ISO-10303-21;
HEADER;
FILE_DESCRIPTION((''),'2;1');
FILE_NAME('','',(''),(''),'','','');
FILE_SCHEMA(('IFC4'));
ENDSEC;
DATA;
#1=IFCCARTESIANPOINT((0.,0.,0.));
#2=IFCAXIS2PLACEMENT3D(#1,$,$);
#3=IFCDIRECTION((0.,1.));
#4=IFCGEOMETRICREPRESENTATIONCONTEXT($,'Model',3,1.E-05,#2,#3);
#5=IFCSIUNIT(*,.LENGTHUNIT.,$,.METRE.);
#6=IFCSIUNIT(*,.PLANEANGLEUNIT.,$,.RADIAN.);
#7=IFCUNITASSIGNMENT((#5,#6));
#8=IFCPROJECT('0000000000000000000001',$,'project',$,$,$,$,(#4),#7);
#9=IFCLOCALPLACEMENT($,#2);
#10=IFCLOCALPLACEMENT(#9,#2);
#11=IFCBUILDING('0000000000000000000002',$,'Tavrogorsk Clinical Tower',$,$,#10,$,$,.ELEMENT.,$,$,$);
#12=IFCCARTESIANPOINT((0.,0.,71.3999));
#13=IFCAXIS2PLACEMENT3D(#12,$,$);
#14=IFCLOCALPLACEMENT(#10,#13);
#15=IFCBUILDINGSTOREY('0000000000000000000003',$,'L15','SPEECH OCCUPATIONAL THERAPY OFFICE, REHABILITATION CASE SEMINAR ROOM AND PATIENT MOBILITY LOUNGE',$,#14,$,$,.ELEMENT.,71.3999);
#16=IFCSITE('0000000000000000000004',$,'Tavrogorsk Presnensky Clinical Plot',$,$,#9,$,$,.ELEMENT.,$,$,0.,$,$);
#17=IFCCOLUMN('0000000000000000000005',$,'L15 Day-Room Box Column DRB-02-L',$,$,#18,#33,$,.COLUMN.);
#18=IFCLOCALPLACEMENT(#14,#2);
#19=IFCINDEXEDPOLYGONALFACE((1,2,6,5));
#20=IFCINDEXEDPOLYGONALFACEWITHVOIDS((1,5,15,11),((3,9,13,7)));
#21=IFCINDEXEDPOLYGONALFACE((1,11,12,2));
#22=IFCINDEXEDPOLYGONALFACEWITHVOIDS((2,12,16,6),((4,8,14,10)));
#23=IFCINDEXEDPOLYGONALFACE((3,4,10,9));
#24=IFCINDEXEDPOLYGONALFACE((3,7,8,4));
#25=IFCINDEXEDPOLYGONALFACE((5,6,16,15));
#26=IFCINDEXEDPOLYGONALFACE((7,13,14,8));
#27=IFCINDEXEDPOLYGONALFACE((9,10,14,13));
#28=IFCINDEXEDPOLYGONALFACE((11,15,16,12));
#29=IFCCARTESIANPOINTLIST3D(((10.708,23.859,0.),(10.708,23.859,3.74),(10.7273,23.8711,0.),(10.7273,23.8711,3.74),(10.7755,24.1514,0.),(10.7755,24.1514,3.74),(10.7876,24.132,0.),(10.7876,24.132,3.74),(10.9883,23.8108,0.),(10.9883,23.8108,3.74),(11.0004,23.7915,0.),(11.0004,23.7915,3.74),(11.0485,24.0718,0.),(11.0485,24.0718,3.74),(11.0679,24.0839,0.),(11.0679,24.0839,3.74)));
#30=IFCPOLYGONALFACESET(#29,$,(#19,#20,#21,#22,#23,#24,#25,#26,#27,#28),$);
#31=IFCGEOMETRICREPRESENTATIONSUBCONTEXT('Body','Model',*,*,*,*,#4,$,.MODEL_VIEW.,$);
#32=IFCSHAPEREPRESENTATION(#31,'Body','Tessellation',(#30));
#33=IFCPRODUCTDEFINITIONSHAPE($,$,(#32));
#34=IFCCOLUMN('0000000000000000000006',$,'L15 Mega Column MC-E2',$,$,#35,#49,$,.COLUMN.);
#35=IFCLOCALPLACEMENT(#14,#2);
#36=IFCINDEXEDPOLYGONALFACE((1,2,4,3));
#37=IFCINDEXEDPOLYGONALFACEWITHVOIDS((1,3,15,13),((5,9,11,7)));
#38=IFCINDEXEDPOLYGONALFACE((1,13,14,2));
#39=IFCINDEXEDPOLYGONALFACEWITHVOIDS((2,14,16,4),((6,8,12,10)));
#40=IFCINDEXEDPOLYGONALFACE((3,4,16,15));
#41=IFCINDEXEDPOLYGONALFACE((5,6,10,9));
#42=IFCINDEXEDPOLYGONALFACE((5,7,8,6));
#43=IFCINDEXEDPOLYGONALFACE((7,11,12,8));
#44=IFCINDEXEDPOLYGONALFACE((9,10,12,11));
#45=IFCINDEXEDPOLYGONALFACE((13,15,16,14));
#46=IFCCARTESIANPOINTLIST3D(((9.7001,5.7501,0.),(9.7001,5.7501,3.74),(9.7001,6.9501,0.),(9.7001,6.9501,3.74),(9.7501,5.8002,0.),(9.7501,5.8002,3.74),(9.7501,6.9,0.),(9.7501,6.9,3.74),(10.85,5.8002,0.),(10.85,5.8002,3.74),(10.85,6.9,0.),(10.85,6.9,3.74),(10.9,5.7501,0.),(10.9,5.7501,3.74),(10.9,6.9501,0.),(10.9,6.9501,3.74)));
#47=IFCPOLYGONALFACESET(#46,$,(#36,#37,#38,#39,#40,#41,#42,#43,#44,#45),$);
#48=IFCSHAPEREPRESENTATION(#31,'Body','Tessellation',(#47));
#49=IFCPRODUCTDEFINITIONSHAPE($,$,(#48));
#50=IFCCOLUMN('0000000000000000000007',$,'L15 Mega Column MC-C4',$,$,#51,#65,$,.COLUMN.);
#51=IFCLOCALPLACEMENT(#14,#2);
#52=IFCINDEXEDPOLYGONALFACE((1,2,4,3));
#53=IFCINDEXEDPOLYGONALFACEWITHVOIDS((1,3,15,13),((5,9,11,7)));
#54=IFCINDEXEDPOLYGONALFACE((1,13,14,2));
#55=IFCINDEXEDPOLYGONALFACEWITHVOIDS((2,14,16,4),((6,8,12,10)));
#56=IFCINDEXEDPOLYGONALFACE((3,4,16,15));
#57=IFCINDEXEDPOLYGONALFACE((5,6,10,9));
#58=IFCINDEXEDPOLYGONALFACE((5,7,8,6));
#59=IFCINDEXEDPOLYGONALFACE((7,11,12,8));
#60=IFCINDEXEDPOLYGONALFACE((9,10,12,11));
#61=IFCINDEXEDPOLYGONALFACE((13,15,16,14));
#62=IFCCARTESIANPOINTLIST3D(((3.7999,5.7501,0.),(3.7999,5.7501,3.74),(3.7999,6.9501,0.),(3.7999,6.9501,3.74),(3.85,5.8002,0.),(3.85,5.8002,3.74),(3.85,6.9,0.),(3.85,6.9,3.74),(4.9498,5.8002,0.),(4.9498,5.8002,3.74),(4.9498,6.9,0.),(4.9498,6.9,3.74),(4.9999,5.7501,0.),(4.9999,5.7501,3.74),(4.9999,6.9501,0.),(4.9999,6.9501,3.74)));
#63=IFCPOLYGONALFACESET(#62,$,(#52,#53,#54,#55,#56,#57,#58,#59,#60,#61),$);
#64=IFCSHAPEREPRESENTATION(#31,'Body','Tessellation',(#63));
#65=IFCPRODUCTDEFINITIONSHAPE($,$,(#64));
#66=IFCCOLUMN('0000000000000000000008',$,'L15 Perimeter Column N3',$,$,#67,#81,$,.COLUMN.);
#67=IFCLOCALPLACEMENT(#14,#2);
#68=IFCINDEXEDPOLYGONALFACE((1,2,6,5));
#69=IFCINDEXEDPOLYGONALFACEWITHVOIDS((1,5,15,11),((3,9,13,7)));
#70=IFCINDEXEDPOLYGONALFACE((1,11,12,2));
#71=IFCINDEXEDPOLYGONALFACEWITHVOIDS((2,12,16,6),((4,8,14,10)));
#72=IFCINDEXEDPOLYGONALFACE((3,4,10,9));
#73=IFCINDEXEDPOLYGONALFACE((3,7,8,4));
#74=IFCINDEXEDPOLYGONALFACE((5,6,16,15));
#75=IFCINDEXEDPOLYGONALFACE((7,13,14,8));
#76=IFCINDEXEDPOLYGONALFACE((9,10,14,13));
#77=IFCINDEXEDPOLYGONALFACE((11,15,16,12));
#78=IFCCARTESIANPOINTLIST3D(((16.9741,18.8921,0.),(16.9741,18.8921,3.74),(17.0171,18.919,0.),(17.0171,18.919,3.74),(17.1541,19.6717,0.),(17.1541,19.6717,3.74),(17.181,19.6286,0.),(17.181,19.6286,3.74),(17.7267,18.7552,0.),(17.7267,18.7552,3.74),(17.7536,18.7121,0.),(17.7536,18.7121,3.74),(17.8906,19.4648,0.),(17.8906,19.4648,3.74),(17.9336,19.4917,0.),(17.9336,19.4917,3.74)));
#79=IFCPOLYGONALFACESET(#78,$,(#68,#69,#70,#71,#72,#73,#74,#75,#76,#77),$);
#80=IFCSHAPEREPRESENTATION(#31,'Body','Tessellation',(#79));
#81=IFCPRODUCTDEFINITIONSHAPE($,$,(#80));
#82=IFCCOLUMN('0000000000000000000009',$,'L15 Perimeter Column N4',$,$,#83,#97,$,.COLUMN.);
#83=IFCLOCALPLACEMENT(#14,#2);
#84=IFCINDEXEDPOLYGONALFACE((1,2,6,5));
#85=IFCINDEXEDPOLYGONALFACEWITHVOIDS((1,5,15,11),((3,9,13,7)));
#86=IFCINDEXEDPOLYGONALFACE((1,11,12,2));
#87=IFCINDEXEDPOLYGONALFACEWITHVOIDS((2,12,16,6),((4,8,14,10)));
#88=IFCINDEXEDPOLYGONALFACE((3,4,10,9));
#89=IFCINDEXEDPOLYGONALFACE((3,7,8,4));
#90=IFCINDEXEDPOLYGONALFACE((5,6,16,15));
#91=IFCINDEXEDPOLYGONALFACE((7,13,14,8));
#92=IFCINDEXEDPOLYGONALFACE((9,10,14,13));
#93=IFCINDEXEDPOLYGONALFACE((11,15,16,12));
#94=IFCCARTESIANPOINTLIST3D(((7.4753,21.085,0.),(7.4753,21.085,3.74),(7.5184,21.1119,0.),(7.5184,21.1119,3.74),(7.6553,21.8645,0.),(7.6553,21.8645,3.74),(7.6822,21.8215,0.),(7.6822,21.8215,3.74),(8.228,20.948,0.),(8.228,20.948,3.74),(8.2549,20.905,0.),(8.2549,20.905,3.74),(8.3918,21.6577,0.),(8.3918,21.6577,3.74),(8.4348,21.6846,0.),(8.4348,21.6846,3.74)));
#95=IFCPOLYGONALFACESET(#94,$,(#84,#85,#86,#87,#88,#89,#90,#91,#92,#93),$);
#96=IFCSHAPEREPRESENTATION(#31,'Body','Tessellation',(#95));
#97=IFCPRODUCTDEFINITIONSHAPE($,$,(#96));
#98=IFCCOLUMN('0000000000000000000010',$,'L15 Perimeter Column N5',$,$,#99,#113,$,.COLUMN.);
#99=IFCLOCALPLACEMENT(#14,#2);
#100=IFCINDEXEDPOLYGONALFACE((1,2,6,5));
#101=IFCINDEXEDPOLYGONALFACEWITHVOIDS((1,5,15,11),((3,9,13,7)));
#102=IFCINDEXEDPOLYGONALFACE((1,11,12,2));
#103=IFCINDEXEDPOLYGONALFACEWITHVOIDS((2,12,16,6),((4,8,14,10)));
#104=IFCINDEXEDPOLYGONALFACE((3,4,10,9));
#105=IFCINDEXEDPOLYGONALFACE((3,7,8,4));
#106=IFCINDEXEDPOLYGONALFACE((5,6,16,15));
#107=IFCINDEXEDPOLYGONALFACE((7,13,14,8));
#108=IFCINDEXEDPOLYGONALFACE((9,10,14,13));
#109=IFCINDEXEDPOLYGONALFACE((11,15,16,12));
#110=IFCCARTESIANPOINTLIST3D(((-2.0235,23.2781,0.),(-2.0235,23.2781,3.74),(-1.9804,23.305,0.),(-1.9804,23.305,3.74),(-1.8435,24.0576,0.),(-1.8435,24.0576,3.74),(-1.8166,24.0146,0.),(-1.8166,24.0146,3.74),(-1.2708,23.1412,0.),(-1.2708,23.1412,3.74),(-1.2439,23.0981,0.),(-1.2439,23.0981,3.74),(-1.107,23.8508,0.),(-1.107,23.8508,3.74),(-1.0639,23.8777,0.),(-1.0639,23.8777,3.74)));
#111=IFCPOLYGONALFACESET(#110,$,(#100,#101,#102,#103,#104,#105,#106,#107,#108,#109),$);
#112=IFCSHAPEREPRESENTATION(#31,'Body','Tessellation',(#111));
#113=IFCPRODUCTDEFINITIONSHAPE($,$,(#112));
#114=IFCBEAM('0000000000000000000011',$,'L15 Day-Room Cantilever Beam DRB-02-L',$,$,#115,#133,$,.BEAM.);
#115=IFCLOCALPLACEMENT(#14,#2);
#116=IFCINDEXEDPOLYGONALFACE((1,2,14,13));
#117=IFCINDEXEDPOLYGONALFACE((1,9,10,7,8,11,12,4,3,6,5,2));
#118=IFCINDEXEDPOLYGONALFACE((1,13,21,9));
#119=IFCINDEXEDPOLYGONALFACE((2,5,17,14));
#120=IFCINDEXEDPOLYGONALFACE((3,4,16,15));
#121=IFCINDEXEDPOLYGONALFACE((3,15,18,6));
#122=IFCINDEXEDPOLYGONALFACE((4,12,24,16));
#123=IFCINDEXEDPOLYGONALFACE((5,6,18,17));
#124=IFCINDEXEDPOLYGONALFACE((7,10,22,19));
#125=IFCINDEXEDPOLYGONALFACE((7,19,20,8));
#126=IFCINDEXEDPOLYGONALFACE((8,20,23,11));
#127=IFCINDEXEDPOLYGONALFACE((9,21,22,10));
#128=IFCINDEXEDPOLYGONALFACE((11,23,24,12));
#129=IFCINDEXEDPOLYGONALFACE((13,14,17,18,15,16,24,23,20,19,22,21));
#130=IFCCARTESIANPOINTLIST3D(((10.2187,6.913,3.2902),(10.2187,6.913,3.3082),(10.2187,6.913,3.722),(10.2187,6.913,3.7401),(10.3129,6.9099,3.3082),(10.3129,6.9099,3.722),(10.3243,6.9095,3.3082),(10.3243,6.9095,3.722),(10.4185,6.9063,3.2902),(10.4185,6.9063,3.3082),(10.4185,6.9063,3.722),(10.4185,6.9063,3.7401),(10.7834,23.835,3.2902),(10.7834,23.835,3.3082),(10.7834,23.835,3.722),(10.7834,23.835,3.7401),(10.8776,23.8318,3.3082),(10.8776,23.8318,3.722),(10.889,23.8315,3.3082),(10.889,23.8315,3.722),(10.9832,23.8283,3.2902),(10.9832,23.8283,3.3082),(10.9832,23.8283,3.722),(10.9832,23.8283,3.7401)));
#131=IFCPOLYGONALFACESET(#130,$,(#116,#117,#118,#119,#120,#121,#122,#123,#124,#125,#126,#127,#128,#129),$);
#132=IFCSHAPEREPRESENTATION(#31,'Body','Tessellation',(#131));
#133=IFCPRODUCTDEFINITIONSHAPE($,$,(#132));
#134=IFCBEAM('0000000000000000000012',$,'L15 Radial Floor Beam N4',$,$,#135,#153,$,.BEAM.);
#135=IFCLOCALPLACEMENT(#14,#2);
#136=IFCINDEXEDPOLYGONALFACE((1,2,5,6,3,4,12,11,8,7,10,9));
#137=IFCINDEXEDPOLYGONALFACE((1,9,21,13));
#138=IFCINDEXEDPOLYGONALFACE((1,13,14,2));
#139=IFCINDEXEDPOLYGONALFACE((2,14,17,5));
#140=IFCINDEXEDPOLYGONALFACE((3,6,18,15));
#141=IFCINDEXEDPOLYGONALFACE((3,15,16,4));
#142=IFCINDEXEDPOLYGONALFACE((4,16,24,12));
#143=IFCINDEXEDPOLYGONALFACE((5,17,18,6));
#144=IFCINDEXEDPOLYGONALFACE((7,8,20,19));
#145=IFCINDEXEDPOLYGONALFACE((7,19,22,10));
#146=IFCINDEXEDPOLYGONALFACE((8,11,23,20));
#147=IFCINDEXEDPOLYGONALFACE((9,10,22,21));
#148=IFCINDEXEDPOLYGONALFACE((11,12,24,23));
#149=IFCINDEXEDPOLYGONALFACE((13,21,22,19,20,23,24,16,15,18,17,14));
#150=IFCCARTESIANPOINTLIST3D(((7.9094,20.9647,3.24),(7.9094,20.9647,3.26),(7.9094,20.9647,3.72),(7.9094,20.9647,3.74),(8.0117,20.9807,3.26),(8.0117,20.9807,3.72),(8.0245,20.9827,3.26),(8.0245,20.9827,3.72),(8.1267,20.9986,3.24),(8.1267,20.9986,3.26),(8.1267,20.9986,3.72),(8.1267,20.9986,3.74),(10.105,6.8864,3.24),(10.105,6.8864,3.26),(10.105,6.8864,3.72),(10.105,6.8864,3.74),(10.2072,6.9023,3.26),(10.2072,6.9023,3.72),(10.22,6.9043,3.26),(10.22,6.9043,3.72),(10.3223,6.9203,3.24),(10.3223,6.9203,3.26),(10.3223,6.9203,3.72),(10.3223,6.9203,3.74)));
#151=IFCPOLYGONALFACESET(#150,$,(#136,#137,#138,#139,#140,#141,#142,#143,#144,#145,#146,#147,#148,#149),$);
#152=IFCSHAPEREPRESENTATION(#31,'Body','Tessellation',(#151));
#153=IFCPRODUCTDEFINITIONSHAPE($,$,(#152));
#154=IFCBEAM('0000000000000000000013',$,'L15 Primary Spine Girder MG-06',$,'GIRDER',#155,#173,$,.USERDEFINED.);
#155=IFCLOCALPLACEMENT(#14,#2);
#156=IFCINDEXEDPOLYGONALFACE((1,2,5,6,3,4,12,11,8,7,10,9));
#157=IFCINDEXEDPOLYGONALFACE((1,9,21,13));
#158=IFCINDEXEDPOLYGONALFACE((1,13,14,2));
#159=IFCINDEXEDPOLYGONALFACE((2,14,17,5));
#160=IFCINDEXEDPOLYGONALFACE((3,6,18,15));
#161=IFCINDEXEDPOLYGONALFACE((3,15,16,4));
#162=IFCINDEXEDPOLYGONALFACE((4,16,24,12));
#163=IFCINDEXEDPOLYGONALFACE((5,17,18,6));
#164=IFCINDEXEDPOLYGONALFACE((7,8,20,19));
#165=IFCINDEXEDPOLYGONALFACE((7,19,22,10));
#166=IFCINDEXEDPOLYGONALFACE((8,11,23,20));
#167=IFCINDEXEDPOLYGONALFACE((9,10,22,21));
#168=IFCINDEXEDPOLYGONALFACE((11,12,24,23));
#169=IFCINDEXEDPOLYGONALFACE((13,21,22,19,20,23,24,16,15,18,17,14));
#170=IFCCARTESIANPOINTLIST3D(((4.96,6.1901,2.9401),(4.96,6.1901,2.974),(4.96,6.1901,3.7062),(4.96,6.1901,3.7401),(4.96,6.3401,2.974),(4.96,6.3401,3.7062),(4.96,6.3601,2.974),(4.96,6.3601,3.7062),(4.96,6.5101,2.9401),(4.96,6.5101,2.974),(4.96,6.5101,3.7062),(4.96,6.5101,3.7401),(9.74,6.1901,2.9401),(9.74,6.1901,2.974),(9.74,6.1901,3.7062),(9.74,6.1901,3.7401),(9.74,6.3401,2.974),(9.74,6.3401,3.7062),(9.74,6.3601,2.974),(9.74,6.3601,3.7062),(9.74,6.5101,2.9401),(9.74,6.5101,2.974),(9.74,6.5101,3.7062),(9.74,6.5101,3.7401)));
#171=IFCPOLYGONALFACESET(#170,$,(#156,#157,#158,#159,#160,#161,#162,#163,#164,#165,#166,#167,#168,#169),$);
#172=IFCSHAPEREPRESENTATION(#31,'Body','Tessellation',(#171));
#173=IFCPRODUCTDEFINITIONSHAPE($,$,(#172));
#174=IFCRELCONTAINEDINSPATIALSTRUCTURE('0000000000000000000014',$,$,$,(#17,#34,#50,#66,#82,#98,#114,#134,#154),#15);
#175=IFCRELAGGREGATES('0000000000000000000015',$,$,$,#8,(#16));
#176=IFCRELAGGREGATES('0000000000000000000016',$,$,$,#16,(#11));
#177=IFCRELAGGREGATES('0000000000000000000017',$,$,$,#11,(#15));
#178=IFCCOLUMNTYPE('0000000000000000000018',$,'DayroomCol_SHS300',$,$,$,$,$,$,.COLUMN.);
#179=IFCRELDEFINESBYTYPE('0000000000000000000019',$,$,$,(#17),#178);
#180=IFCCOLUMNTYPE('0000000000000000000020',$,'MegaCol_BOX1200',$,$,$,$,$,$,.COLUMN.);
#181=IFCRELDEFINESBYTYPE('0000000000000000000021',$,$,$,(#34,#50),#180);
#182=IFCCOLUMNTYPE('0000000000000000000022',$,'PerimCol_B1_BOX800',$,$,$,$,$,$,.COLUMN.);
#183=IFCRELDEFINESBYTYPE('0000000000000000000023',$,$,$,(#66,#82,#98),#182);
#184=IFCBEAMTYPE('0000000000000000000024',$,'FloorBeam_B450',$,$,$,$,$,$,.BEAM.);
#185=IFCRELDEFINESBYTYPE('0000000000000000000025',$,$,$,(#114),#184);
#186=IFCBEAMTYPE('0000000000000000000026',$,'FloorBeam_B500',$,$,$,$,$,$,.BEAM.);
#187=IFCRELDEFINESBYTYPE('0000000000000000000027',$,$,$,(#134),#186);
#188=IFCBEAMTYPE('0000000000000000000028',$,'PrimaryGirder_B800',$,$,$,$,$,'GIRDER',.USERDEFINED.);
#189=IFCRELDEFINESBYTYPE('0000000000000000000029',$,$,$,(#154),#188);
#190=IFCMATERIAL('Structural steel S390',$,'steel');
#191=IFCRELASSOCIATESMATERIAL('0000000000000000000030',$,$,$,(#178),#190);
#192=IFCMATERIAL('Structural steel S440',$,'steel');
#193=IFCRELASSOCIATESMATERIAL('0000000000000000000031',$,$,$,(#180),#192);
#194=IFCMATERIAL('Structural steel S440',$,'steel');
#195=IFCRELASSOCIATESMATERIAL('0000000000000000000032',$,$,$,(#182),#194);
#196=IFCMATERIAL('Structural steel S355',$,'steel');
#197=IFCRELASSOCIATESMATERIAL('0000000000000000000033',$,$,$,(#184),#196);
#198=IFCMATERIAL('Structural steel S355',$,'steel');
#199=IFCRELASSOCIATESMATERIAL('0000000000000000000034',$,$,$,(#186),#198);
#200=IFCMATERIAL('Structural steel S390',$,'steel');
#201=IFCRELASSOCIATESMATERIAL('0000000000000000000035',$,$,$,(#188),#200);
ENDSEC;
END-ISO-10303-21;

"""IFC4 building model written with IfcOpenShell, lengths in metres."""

from ifc_helpers import new_model, si_unit, direction, frame, origin, origin_2d, place, context, subcontext, project, spatial, hollow_rectangle, i_section, extrude, material, material_profile, profile_set, type_object, element, save


model = new_model("IFC4")

# Units and contexts
model_context = context("Model", 3, precision=1e-05, world=origin(), true_north=direction((0.0, 1.0)))
body_context = subcontext(model_context, "Body", "Model", "MODEL_VIEW")
ifc_project = project(units=[si_unit("LENGTHUNIT", "METRE"), si_unit("PLANEANGLEUNIT", "RADIAN")], contexts=[model_context])

# Site, building, storey
site_placement = place(None, origin())
site = spatial("IfcSite", under=ifc_project, at=site_placement, Name="Tavrogorsk Presnensky Clinical Plot", CompositionType="ELEMENT", RefElevation=0.0)
building_placement = place(site_placement, origin())
building = spatial("IfcBuilding", under=site, at=building_placement, Name="Tavrogorsk Clinical Tower", CompositionType="ELEMENT")
storey_placement = place(building_placement, frame((0.0, 0.0, 71.3999)))
storey = spatial("IfcBuildingStorey", under=building, at=storey_placement, Name="L15", Description="SPEECH OCCUPATIONAL THERAPY OFFICE, REHABILITATION CASE SEMINAR ROOM AND PATIENT MOBILITY LOUNGE", CompositionType="ELEMENT", Elevation=71.3999)

# Columns
ifc_material_1 = material(Name="Structural steel S390", Category="steel")
ifc_material_profile_1 = material_profile(ifc_material_1, hollow_rectangle(XDim=0.3, YDim=0.3, WallThickness=0.0161, at=origin_2d()), Name="SHS-300x300x16")
ifc_profile_set_1 = profile_set([ifc_material_profile_1], Name="Structural steel S390")
column_type_1 = type_object("IfcColumnType", Name="DayroomCol_SHS300", PredefinedType="COLUMN", material=ifc_profile_set_1)
column_placement = place(storey_placement, frame((10.8879, 23.9714, 0.0), z_axis=(0.0, 0.0, 1.0), x_axis=(0.97437, -0.224951, 0.0)))
element("IfcColumn", 1, at=column_placement, inside=storey, type_object=column_type_1, Name="L15 Day-Room Box Column DRB-02-L", PredefinedType="COLUMN", context=body_context, shape_type="SweptSolid", body=[
    extrude(hollow_rectangle(XDim=0.3, YDim=0.3, WallThickness=0.0161, at=origin_2d()), origin(), (0.0, 0.0, 1.0), 3.74),
])
ifc_material_2 = material(Name="Structural steel S440", Category="steel")
ifc_material_profile_2 = material_profile(ifc_material_2, hollow_rectangle(XDim=1.2, YDim=1.2, WallThickness=0.05, at=origin_2d()), Name="BOX-1200x1200x50")
ifc_profile_set_2 = profile_set([ifc_material_profile_2], Name="Structural steel S440")
column_type_2 = type_object("IfcColumnType", Name="MegaCol_BOX1200", PredefinedType="COLUMN", material=ifc_profile_set_2)
for number, where, z_axis, x_axis, name in (
    (2, (10.3, 6.3501, 0.0), (0.0, 0.0, 1.0), (1.0, 0.0, 0.0), "L15 Mega Column MC-E2"),
    (3, (4.3999, 6.3501, 0.0), (0.0, 0.0, 1.0), (1.0, 0.0, 0.0), "L15 Mega Column MC-C4"),
):
    element("IfcColumn", number, at=place(storey_placement, frame(where, z_axis=z_axis, x_axis=x_axis)), inside=storey, type_object=column_type_2, Name=name, PredefinedType="COLUMN", context=body_context, shape_type="SweptSolid", body=[
        extrude(hollow_rectangle(XDim=1.2, YDim=1.2, WallThickness=0.05, at=origin_2d()), origin(), (0.0, 0.0, 1.0), 3.74),
    ])
ifc_material_3 = material(Name="Structural steel S440", Category="steel")
ifc_material_profile_3 = material_profile(ifc_material_3, hollow_rectangle(XDim=0.8, YDim=0.8, WallThickness=0.0359, at=origin_2d()), Name="BOX-800x800x36")
ifc_profile_set_3 = profile_set([ifc_material_profile_3], Name="Structural steel S440")
column_type_3 = type_object("IfcColumnType", Name="PerimCol_B1_BOX800", PredefinedType="COLUMN", material=ifc_profile_set_3)
for number, where, z_axis, x_axis, name in (
    (4, (17.4539, 19.1919, 0.0), (0.0, 0.0, 1.0), (0.97437, -0.224951, 0.0), "L15 Perimeter Column N3"),
    (5, (7.9551, 21.3848, 0.0), (0.0, 0.0, 1.0), (0.97437, -0.224951, 0.0), "L15 Perimeter Column N4"),
    (6, (-1.5437, 23.5779, 0.0), (0.0, 0.0, 1.0), (0.97437, -0.224951, 0.0), "L15 Perimeter Column N5"),
):
    element("IfcColumn", number, at=place(storey_placement, frame(where, z_axis=z_axis, x_axis=x_axis)), inside=storey, type_object=column_type_3, Name=name, PredefinedType="COLUMN", context=body_context, shape_type="SweptSolid", body=[
        extrude(hollow_rectangle(XDim=0.8, YDim=0.8, WallThickness=0.0359, at=origin_2d()), origin(), (0.0, 0.0, 1.0), 3.74),
    ])

# Beams
ifc_material_4 = material(Name="Structural steel S355", Category="steel")
ifc_material_profile_4 = material_profile(ifc_material_4, i_section(OverallWidth=0.2, OverallDepth=0.45, WebThickness=0.0115, FlangeThickness=0.0181, at=origin_2d()), Name="B-450x200x11.5x18")
ifc_profile_set_4 = profile_set([ifc_material_profile_4], Name="Structural steel S355")
beam_type_1 = type_object("IfcBeamType", Name="FloorBeam_B450", PredefinedType="BEAM", material=ifc_profile_set_4)
beam_1_placement = place(storey_placement, frame((10.3186, 6.9097, 3.5151), z_axis=(0.033352, 0.999444, 0.0), x_axis=(-0.999444, 0.033352, 0.0)))
element("IfcBeam", 7, at=beam_1_placement, inside=storey, type_object=beam_type_1, Name="L15 Day-Room Cantilever Beam DRB-02-L", PredefinedType="BEAM", context=body_context, shape_type="SweptSolid", body=[
    extrude(i_section(OverallWidth=0.2, OverallDepth=0.45, WebThickness=0.0115, FlangeThickness=0.0181, at=origin_2d()), origin(), (0.0, 0.0, 1.0), 16.9314),
])
ifc_material_5 = material(Name="Structural steel S355", Category="steel")
ifc_material_profile_5 = material_profile(ifc_material_5, i_section(OverallWidth=0.22, OverallDepth=0.5, WebThickness=0.0129, FlangeThickness=0.02, at=origin_2d()), Name="B-500x220x13x20")
ifc_profile_set_5 = profile_set([ifc_material_profile_5], Name="Structural steel S355")
beam_type_2 = type_object("IfcBeamType", Name="FloorBeam_B500", PredefinedType="BEAM", material=ifc_profile_set_5)
beam_2_placement = place(storey_placement, frame((10.2136, 6.9033, 3.49), z_axis=(-0.15409, 0.988057, 0.0), x_axis=(-0.988057, -0.15409, 0.0)))
element("IfcBeam", 8, at=beam_2_placement, inside=storey, type_object=beam_type_2, Name="L15 Radial Floor Beam N4", PredefinedType="BEAM", context=body_context, shape_type="SweptSolid", body=[
    extrude(i_section(OverallWidth=0.22, OverallDepth=0.5, WebThickness=0.0129, FlangeThickness=0.02, at=origin_2d()), origin(), (0.0, 0.0, 1.0), 14.2485),
])
ifc_material_6 = material(Name="Structural steel S390", Category="steel")
ifc_material_profile_6 = material_profile(ifc_material_6, i_section(OverallWidth=0.3201, OverallDepth=0.8, WebThickness=0.02, FlangeThickness=0.0339, at=origin_2d()), Name="B-800x320x20x34")
ifc_profile_set_6 = profile_set([ifc_material_profile_6], Name="Structural steel S390")
beam_type_3 = type_object("IfcBeamType", Name="PrimaryGirder_B800", ElementType="GIRDER", PredefinedType="USERDEFINED", material=ifc_profile_set_6)
beam_3_placement = place(storey_placement, frame((4.96, 6.3501, 3.3401), z_axis=(1.0, 0.0, 0.0), x_axis=(0.0, 1.0, 0.0)))
element("IfcBeam", 9, at=beam_3_placement, inside=storey, type_object=beam_type_3, Name="L15 Primary Spine Girder MG-06", ObjectType="GIRDER", PredefinedType="USERDEFINED", context=body_context, shape_type="SweptSolid", body=[
    extrude(i_section(OverallWidth=0.3201, OverallDepth=0.8, WebThickness=0.02, FlangeThickness=0.0339, at=origin_2d()), origin(), (0.0, 0.0, 1.0), 4.78),
])

save(model, "model.ifc")
